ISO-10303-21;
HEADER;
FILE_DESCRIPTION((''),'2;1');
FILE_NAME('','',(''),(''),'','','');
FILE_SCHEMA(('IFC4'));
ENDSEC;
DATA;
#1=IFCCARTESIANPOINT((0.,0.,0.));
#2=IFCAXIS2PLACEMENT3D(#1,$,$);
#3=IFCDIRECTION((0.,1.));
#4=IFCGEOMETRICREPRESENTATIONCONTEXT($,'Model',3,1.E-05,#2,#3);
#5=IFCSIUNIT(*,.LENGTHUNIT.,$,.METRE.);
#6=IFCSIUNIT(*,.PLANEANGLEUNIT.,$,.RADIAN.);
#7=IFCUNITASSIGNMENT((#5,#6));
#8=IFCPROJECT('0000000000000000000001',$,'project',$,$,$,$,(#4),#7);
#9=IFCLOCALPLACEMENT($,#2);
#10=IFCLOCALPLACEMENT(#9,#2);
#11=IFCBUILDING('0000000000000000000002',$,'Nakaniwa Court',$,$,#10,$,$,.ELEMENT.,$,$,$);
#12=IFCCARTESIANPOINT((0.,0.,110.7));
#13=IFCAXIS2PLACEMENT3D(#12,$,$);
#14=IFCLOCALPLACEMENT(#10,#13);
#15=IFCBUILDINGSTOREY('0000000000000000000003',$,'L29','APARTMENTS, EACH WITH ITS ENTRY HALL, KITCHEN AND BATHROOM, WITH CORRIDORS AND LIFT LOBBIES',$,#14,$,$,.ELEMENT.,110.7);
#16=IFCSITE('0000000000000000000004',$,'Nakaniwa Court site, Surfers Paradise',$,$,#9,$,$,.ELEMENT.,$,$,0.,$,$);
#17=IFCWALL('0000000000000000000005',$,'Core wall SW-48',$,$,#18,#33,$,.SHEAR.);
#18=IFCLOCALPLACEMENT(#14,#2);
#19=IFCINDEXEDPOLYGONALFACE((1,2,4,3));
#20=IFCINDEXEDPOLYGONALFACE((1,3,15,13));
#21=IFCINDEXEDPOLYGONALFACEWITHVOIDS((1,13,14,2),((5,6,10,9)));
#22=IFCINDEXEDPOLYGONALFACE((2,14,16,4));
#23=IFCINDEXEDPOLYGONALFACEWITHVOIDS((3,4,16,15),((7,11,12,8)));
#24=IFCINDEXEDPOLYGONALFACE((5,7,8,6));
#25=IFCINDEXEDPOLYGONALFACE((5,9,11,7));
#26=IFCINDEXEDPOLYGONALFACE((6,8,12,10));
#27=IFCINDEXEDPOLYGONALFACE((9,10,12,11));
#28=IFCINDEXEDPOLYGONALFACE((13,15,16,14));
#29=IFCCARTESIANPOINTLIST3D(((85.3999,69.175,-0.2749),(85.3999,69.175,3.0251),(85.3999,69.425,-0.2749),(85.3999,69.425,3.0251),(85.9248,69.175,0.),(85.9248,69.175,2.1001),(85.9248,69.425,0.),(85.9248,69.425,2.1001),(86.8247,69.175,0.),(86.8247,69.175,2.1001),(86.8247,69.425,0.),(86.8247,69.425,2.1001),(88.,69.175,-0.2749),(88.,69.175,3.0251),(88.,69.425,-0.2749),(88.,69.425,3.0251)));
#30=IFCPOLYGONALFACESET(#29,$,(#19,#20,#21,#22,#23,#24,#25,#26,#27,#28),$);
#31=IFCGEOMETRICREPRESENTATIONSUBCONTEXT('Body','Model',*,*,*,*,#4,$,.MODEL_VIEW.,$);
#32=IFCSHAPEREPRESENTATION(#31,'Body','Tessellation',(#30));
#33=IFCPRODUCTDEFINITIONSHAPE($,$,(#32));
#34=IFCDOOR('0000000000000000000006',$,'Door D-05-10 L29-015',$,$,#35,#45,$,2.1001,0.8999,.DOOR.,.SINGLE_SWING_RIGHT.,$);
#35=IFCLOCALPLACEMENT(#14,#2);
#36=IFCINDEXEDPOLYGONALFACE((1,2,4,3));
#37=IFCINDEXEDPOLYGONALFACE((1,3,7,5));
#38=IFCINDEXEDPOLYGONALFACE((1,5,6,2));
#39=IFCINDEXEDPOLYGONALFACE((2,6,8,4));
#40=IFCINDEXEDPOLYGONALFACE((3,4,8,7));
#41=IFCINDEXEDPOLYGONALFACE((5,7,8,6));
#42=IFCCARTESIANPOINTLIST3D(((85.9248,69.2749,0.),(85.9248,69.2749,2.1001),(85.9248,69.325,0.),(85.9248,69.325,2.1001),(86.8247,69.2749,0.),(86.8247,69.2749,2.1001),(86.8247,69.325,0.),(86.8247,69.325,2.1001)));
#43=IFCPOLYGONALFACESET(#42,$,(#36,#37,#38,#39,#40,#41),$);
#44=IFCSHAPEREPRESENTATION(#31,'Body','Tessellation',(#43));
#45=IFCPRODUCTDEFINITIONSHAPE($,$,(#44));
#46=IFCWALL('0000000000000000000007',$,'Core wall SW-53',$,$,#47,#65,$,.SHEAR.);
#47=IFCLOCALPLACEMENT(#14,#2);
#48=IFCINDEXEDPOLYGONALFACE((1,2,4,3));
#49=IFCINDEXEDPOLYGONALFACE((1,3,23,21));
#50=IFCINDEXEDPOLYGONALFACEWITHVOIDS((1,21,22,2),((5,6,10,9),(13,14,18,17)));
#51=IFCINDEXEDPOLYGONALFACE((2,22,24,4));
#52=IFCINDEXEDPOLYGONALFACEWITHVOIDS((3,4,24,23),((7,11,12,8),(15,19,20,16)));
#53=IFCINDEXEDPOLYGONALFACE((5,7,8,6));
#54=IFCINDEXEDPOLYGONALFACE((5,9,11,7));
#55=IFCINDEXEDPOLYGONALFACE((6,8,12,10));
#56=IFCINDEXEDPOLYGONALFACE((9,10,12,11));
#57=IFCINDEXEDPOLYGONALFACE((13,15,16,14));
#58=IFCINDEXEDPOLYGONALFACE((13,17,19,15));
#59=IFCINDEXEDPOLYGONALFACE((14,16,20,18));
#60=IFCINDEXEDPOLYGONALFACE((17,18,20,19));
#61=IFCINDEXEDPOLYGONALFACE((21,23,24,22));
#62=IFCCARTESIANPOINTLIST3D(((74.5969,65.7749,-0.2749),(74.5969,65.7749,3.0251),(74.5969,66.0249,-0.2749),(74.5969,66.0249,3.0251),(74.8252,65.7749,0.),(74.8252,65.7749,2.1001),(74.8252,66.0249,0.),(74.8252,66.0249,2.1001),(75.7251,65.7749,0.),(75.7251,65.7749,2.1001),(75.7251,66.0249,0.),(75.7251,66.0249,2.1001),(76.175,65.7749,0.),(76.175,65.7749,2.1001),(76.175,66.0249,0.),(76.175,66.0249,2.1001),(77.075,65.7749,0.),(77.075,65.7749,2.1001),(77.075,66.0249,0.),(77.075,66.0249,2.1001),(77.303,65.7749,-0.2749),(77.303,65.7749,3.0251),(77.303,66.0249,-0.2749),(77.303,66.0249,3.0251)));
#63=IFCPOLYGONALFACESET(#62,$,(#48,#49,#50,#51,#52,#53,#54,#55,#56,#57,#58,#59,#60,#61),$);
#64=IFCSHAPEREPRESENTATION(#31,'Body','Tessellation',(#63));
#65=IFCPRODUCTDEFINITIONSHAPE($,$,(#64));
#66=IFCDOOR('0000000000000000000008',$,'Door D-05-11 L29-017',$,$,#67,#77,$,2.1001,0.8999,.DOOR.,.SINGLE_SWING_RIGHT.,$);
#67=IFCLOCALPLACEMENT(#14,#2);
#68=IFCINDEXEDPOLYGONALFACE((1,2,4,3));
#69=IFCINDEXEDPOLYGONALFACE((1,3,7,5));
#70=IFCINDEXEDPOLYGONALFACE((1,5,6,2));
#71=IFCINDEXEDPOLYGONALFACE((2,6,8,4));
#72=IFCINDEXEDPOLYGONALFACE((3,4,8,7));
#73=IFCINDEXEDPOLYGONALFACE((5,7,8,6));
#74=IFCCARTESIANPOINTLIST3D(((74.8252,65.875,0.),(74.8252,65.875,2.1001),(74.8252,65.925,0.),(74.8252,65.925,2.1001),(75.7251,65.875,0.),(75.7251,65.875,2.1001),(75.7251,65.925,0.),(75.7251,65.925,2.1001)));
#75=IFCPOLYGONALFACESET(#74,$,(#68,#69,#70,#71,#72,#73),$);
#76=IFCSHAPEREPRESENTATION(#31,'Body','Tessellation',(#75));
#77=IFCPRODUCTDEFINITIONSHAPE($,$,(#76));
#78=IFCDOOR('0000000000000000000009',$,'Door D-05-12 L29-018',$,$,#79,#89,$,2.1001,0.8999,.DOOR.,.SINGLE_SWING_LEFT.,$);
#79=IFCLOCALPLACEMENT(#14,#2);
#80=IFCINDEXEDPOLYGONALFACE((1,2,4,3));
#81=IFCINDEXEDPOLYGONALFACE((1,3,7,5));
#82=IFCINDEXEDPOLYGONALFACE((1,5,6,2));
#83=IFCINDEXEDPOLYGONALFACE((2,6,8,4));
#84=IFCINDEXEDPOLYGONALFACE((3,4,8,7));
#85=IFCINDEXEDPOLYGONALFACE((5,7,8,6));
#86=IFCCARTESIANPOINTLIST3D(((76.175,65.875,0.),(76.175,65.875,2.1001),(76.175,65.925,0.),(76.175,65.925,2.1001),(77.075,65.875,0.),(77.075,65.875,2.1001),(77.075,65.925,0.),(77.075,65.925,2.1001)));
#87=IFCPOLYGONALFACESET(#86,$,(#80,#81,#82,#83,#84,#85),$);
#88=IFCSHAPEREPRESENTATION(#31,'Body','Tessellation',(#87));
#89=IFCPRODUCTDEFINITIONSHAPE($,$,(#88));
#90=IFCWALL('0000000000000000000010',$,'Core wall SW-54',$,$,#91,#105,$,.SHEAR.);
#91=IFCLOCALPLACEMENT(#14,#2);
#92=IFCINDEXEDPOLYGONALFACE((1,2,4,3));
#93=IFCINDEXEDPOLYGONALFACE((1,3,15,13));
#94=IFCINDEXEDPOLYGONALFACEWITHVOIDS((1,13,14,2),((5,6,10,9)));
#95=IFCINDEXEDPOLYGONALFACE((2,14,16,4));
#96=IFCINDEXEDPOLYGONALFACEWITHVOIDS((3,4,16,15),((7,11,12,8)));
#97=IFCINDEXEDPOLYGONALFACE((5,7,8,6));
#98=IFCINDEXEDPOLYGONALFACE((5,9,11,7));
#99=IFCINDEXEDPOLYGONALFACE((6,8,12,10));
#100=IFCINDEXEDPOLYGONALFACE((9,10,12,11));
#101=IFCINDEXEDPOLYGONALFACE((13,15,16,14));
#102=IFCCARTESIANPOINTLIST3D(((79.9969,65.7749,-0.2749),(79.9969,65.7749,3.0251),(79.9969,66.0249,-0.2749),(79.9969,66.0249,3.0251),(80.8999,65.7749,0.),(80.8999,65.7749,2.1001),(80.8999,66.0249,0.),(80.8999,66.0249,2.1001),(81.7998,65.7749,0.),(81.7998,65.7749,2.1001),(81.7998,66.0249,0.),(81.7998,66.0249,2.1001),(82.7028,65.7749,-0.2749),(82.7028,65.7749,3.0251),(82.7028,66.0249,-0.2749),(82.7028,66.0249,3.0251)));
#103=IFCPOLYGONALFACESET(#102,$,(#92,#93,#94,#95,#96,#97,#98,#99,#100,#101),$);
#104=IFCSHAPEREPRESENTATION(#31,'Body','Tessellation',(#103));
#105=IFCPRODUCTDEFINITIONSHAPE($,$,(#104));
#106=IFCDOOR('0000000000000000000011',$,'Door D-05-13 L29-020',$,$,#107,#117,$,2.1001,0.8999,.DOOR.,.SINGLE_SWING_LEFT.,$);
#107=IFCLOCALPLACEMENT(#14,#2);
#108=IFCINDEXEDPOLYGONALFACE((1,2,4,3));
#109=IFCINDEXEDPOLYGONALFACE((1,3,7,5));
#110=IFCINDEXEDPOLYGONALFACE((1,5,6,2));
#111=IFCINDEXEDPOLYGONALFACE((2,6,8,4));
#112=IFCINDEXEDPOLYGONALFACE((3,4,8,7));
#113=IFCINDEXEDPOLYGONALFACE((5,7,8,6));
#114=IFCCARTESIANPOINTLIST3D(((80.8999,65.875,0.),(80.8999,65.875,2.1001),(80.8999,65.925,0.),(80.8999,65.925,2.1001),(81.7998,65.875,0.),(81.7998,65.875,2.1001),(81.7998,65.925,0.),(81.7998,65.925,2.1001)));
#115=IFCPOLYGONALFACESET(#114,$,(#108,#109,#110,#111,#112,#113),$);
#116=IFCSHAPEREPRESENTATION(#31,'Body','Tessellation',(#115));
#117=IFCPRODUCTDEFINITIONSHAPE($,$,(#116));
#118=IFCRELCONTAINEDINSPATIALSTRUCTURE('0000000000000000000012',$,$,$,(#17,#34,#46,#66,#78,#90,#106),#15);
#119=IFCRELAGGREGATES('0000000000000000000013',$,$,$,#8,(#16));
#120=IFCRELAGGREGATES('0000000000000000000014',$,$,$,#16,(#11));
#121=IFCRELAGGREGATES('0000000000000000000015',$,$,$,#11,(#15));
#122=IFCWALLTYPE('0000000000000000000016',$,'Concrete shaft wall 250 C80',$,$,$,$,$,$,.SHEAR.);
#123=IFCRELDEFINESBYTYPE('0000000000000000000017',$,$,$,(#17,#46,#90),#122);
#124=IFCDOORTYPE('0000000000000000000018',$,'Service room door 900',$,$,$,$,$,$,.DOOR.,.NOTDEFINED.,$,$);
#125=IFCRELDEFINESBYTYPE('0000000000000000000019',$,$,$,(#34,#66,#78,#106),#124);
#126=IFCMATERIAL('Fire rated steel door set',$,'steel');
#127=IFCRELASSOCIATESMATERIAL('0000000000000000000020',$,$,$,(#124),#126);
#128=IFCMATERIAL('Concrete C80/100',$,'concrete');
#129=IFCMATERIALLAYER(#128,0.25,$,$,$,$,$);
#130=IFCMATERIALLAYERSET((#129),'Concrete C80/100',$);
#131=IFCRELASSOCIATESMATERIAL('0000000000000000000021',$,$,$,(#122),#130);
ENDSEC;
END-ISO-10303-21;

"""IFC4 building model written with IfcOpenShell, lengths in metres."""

from ifc_helpers import new_model, si_unit, direction, frame, frame_2d, origin, place, context, subcontext, project, spatial, rectangle, extrude, material, layer, layer_set, type_object, element, fill, save


model = new_model("IFC4")

# Units and contexts
model_context = context("Model", 3, precision=1e-05, world=origin(), true_north=direction((0.0, 1.0)))
body_context = subcontext(model_context, "Body", "Model", "MODEL_VIEW")
ifc_project = project(units=[si_unit("LENGTHUNIT", "METRE"), si_unit("PLANEANGLEUNIT", "RADIAN")], contexts=[model_context])

# Site, building, storey
site_placement = place(None, origin())
site = spatial("IfcSite", under=ifc_project, at=site_placement, Name="Nakaniwa Court site, Surfers Paradise", CompositionType="ELEMENT", RefElevation=0.0)
building_placement = place(site_placement, origin())
building = spatial("IfcBuilding", under=site, at=building_placement, Name="Nakaniwa Court", CompositionType="ELEMENT")
storey_placement = place(building_placement, frame((0.0, 0.0, 110.7)))
storey = spatial("IfcBuildingStorey", under=building, at=storey_placement, Name="L29", Description="APARTMENTS, EACH WITH ITS ENTRY HALL, KITCHEN AND BATHROOM, WITH CORRIDORS AND LIFT LOBBIES", CompositionType="ELEMENT", Elevation=110.7)

# Shared definitions
ifc_material_1 = material(Name="Concrete C80/100", Category="concrete")

# Shared definitions
ifc_material_2 = material(Name="Fire rated steel door set", Category="steel")
door_type_1 = type_object("IfcDoorType", Name="Service room door 900", OperationType="NOTDEFINED", PredefinedType="DOOR", material=ifc_material_2)

# Shared definitions
ifc_layer_1 = layer(ifc_material_1, 0.25)
ifc_layer_set_1 = layer_set([ifc_layer_1], Name="Concrete C80/100")
wall_type_1 = type_object("IfcWallType", Name="Concrete shaft wall 250 C80", PredefinedType="SHEAR", material=ifc_layer_set_1)

# Wall, opening, door
wall_1_placement = place(storey_placement, frame((85.3999, 69.3, -0.2749), z_axis=(0.0, 0.0, 1.0), x_axis=(1.0, 0.0, 0.0)))
wall_1 = element("IfcWall", 1, at=wall_1_placement, inside=storey, type_object=wall_type_1, Name="Core wall SW-48", PredefinedType="SHEAR", context=body_context, shape_type="SweptSolid", body=[
    extrude(rectangle(XDim=2.6001, YDim=0.25, at=frame_2d((1.3, 0.0))), origin(), (0.0, 0.0, 1.0), 3.3),
])
opening_1_placement = place(wall_1_placement, frame((0.5249, 0.0, 0.2749)))
opening_1 = element("IfcOpeningElement", 2, at=opening_1_placement, cuts=wall_1, PredefinedType="OPENING", context=body_context, shape_type="SweptSolid", body=[
    extrude(rectangle(XDim=0.8999, YDim=2.1001, at=frame_2d((0.45, 1.05))), frame((0.0, 0.135, 0.0), z_axis=(0.0, -1.0, 0.0), x_axis=(1.0, 0.0, 0.0)), (0.0, 0.0, 1.0), 0.27),
])
door_1_placement = place(opening_1_placement, origin())
door_1 = element("IfcDoor", 3, at=door_1_placement, inside=storey, type_object=door_type_1, Name="Door D-05-10 L29-015", OperationType="SINGLE_SWING_RIGHT", OverallHeight=2.1001, OverallWidth=0.8999, PredefinedType="DOOR", context=body_context, shape_type="SweptSolid", body=[
    extrude(rectangle(XDim=0.8999, YDim=2.1001, at=frame_2d((0.45, 1.05))), frame((0.0, 0.0249, 0.0), z_axis=(0.0, -1.0, 0.0), x_axis=(1.0, 0.0, 0.0)), (0.0, 0.0, 1.0), 0.05),
])
fill(opening_1, door_1)

# Wall, openings, doors
wall_2_placement = place(storey_placement, frame((77.303, 65.8999, -0.2749), z_axis=(0.0, 0.0, 1.0), x_axis=(-1.0, 0.0, 0.0)))
wall_2 = element("IfcWall", 4, at=wall_2_placement, inside=storey, type_object=wall_type_1, Name="Core wall SW-53", PredefinedType="SHEAR", context=body_context, shape_type="SweptSolid", body=[
    extrude(rectangle(XDim=2.7061, YDim=0.25, at=frame_2d((1.353, 0.0))), origin(), (0.0, 0.0, 1.0), 3.3),
])
opening_2_placement = place(wall_2_placement, frame((1.5779, 0.0, 0.2749)))
opening_2 = element("IfcOpeningElement", 5, at=opening_2_placement, cuts=wall_2, PredefinedType="OPENING", context=body_context, shape_type="SweptSolid", body=[
    extrude(rectangle(XDim=0.8999, YDim=2.1001, at=frame_2d((0.45, 1.05))), frame((0.0, 0.135, 0.0), z_axis=(0.0, -1.0, 0.0), x_axis=(1.0, 0.0, 0.0)), (0.0, 0.0, 1.0), 0.27),
])
opening_3_placement = place(wall_2_placement, frame((0.228, 0.0, 0.2749)))
opening_3 = element("IfcOpeningElement", 6, at=opening_3_placement, cuts=wall_2, PredefinedType="OPENING", context=body_context, shape_type="SweptSolid", body=[
    extrude(rectangle(XDim=0.8999, YDim=2.1001, at=frame_2d((0.45, 1.05))), frame((0.0, 0.135, 0.0), z_axis=(0.0, -1.0, 0.0), x_axis=(1.0, 0.0, 0.0)), (0.0, 0.0, 1.0), 0.27),
])
door_2_placement = place(opening_2_placement, origin())
door_2 = element("IfcDoor", 7, at=door_2_placement, inside=storey, type_object=door_type_1, Name="Door D-05-11 L29-017", OperationType="SINGLE_SWING_RIGHT", OverallHeight=2.1001, OverallWidth=0.8999, PredefinedType="DOOR", context=body_context, shape_type="SweptSolid", body=[
    extrude(rectangle(XDim=0.8999, YDim=2.1001, at=frame_2d((0.45, 1.05))), frame((0.0, 0.0249, 0.0), z_axis=(0.0, -1.0, 0.0), x_axis=(1.0, 0.0, 0.0)), (0.0, 0.0, 1.0), 0.05),
])
fill(opening_2, door_2)
door_3_placement = place(opening_3_placement, origin())
door_3 = element("IfcDoor", 8, at=door_3_placement, inside=storey, type_object=door_type_1, Name="Door D-05-12 L29-018", OperationType="SINGLE_SWING_LEFT", OverallHeight=2.1001, OverallWidth=0.8999, PredefinedType="DOOR", context=body_context, shape_type="SweptSolid", body=[
    extrude(rectangle(XDim=0.8999, YDim=2.1001, at=frame_2d((0.45, 1.05))), frame((0.0, 0.0249, 0.0), z_axis=(0.0, -1.0, 0.0), x_axis=(1.0, 0.0, 0.0)), (0.0, 0.0, 1.0), 0.05),
])
fill(opening_3, door_3)

# Wall, opening, door
wall_3_placement = place(storey_placement, frame((82.7029, 65.8999, -0.2749), z_axis=(0.0, 0.0, 1.0), x_axis=(-1.0, 0.0, 0.0)))
wall_3 = element("IfcWall", 9, at=wall_3_placement, inside=storey, type_object=wall_type_1, Name="Core wall SW-54", PredefinedType="SHEAR", context=body_context, shape_type="SweptSolid", body=[
    extrude(rectangle(XDim=2.7058, YDim=0.25, at=frame_2d((1.353, 0.0))), origin(), (0.0, 0.0, 1.0), 3.3),
])
opening_4_placement = place(wall_3_placement, frame((0.9031, 0.0, 0.2749)))
opening_4 = element("IfcOpeningElement", 10, at=opening_4_placement, cuts=wall_3, PredefinedType="OPENING", context=body_context, shape_type="SweptSolid", body=[
    extrude(rectangle(XDim=0.8999, YDim=2.1001, at=frame_2d((0.45, 1.05))), frame((0.0, 0.135, 0.0), z_axis=(0.0, -1.0, 0.0), x_axis=(1.0, 0.0, 0.0)), (0.0, 0.0, 1.0), 0.27),
])
door_4_placement = place(opening_4_placement, origin())
door_4 = element("IfcDoor", 11, at=door_4_placement, inside=storey, type_object=door_type_1, Name="Door D-05-13 L29-020", OperationType="SINGLE_SWING_LEFT", OverallHeight=2.1001, OverallWidth=0.8999, PredefinedType="DOOR", context=body_context, shape_type="SweptSolid", body=[
    extrude(rectangle(XDim=0.8999, YDim=2.1001, at=frame_2d((0.45, 1.05))), frame((0.0, 0.0249, 0.0), z_axis=(0.0, -1.0, 0.0), x_axis=(1.0, 0.0, 0.0)), (0.0, 0.0, 1.0), 0.05),
])
fill(opening_4, door_4)

save(model, "model.ifc")
